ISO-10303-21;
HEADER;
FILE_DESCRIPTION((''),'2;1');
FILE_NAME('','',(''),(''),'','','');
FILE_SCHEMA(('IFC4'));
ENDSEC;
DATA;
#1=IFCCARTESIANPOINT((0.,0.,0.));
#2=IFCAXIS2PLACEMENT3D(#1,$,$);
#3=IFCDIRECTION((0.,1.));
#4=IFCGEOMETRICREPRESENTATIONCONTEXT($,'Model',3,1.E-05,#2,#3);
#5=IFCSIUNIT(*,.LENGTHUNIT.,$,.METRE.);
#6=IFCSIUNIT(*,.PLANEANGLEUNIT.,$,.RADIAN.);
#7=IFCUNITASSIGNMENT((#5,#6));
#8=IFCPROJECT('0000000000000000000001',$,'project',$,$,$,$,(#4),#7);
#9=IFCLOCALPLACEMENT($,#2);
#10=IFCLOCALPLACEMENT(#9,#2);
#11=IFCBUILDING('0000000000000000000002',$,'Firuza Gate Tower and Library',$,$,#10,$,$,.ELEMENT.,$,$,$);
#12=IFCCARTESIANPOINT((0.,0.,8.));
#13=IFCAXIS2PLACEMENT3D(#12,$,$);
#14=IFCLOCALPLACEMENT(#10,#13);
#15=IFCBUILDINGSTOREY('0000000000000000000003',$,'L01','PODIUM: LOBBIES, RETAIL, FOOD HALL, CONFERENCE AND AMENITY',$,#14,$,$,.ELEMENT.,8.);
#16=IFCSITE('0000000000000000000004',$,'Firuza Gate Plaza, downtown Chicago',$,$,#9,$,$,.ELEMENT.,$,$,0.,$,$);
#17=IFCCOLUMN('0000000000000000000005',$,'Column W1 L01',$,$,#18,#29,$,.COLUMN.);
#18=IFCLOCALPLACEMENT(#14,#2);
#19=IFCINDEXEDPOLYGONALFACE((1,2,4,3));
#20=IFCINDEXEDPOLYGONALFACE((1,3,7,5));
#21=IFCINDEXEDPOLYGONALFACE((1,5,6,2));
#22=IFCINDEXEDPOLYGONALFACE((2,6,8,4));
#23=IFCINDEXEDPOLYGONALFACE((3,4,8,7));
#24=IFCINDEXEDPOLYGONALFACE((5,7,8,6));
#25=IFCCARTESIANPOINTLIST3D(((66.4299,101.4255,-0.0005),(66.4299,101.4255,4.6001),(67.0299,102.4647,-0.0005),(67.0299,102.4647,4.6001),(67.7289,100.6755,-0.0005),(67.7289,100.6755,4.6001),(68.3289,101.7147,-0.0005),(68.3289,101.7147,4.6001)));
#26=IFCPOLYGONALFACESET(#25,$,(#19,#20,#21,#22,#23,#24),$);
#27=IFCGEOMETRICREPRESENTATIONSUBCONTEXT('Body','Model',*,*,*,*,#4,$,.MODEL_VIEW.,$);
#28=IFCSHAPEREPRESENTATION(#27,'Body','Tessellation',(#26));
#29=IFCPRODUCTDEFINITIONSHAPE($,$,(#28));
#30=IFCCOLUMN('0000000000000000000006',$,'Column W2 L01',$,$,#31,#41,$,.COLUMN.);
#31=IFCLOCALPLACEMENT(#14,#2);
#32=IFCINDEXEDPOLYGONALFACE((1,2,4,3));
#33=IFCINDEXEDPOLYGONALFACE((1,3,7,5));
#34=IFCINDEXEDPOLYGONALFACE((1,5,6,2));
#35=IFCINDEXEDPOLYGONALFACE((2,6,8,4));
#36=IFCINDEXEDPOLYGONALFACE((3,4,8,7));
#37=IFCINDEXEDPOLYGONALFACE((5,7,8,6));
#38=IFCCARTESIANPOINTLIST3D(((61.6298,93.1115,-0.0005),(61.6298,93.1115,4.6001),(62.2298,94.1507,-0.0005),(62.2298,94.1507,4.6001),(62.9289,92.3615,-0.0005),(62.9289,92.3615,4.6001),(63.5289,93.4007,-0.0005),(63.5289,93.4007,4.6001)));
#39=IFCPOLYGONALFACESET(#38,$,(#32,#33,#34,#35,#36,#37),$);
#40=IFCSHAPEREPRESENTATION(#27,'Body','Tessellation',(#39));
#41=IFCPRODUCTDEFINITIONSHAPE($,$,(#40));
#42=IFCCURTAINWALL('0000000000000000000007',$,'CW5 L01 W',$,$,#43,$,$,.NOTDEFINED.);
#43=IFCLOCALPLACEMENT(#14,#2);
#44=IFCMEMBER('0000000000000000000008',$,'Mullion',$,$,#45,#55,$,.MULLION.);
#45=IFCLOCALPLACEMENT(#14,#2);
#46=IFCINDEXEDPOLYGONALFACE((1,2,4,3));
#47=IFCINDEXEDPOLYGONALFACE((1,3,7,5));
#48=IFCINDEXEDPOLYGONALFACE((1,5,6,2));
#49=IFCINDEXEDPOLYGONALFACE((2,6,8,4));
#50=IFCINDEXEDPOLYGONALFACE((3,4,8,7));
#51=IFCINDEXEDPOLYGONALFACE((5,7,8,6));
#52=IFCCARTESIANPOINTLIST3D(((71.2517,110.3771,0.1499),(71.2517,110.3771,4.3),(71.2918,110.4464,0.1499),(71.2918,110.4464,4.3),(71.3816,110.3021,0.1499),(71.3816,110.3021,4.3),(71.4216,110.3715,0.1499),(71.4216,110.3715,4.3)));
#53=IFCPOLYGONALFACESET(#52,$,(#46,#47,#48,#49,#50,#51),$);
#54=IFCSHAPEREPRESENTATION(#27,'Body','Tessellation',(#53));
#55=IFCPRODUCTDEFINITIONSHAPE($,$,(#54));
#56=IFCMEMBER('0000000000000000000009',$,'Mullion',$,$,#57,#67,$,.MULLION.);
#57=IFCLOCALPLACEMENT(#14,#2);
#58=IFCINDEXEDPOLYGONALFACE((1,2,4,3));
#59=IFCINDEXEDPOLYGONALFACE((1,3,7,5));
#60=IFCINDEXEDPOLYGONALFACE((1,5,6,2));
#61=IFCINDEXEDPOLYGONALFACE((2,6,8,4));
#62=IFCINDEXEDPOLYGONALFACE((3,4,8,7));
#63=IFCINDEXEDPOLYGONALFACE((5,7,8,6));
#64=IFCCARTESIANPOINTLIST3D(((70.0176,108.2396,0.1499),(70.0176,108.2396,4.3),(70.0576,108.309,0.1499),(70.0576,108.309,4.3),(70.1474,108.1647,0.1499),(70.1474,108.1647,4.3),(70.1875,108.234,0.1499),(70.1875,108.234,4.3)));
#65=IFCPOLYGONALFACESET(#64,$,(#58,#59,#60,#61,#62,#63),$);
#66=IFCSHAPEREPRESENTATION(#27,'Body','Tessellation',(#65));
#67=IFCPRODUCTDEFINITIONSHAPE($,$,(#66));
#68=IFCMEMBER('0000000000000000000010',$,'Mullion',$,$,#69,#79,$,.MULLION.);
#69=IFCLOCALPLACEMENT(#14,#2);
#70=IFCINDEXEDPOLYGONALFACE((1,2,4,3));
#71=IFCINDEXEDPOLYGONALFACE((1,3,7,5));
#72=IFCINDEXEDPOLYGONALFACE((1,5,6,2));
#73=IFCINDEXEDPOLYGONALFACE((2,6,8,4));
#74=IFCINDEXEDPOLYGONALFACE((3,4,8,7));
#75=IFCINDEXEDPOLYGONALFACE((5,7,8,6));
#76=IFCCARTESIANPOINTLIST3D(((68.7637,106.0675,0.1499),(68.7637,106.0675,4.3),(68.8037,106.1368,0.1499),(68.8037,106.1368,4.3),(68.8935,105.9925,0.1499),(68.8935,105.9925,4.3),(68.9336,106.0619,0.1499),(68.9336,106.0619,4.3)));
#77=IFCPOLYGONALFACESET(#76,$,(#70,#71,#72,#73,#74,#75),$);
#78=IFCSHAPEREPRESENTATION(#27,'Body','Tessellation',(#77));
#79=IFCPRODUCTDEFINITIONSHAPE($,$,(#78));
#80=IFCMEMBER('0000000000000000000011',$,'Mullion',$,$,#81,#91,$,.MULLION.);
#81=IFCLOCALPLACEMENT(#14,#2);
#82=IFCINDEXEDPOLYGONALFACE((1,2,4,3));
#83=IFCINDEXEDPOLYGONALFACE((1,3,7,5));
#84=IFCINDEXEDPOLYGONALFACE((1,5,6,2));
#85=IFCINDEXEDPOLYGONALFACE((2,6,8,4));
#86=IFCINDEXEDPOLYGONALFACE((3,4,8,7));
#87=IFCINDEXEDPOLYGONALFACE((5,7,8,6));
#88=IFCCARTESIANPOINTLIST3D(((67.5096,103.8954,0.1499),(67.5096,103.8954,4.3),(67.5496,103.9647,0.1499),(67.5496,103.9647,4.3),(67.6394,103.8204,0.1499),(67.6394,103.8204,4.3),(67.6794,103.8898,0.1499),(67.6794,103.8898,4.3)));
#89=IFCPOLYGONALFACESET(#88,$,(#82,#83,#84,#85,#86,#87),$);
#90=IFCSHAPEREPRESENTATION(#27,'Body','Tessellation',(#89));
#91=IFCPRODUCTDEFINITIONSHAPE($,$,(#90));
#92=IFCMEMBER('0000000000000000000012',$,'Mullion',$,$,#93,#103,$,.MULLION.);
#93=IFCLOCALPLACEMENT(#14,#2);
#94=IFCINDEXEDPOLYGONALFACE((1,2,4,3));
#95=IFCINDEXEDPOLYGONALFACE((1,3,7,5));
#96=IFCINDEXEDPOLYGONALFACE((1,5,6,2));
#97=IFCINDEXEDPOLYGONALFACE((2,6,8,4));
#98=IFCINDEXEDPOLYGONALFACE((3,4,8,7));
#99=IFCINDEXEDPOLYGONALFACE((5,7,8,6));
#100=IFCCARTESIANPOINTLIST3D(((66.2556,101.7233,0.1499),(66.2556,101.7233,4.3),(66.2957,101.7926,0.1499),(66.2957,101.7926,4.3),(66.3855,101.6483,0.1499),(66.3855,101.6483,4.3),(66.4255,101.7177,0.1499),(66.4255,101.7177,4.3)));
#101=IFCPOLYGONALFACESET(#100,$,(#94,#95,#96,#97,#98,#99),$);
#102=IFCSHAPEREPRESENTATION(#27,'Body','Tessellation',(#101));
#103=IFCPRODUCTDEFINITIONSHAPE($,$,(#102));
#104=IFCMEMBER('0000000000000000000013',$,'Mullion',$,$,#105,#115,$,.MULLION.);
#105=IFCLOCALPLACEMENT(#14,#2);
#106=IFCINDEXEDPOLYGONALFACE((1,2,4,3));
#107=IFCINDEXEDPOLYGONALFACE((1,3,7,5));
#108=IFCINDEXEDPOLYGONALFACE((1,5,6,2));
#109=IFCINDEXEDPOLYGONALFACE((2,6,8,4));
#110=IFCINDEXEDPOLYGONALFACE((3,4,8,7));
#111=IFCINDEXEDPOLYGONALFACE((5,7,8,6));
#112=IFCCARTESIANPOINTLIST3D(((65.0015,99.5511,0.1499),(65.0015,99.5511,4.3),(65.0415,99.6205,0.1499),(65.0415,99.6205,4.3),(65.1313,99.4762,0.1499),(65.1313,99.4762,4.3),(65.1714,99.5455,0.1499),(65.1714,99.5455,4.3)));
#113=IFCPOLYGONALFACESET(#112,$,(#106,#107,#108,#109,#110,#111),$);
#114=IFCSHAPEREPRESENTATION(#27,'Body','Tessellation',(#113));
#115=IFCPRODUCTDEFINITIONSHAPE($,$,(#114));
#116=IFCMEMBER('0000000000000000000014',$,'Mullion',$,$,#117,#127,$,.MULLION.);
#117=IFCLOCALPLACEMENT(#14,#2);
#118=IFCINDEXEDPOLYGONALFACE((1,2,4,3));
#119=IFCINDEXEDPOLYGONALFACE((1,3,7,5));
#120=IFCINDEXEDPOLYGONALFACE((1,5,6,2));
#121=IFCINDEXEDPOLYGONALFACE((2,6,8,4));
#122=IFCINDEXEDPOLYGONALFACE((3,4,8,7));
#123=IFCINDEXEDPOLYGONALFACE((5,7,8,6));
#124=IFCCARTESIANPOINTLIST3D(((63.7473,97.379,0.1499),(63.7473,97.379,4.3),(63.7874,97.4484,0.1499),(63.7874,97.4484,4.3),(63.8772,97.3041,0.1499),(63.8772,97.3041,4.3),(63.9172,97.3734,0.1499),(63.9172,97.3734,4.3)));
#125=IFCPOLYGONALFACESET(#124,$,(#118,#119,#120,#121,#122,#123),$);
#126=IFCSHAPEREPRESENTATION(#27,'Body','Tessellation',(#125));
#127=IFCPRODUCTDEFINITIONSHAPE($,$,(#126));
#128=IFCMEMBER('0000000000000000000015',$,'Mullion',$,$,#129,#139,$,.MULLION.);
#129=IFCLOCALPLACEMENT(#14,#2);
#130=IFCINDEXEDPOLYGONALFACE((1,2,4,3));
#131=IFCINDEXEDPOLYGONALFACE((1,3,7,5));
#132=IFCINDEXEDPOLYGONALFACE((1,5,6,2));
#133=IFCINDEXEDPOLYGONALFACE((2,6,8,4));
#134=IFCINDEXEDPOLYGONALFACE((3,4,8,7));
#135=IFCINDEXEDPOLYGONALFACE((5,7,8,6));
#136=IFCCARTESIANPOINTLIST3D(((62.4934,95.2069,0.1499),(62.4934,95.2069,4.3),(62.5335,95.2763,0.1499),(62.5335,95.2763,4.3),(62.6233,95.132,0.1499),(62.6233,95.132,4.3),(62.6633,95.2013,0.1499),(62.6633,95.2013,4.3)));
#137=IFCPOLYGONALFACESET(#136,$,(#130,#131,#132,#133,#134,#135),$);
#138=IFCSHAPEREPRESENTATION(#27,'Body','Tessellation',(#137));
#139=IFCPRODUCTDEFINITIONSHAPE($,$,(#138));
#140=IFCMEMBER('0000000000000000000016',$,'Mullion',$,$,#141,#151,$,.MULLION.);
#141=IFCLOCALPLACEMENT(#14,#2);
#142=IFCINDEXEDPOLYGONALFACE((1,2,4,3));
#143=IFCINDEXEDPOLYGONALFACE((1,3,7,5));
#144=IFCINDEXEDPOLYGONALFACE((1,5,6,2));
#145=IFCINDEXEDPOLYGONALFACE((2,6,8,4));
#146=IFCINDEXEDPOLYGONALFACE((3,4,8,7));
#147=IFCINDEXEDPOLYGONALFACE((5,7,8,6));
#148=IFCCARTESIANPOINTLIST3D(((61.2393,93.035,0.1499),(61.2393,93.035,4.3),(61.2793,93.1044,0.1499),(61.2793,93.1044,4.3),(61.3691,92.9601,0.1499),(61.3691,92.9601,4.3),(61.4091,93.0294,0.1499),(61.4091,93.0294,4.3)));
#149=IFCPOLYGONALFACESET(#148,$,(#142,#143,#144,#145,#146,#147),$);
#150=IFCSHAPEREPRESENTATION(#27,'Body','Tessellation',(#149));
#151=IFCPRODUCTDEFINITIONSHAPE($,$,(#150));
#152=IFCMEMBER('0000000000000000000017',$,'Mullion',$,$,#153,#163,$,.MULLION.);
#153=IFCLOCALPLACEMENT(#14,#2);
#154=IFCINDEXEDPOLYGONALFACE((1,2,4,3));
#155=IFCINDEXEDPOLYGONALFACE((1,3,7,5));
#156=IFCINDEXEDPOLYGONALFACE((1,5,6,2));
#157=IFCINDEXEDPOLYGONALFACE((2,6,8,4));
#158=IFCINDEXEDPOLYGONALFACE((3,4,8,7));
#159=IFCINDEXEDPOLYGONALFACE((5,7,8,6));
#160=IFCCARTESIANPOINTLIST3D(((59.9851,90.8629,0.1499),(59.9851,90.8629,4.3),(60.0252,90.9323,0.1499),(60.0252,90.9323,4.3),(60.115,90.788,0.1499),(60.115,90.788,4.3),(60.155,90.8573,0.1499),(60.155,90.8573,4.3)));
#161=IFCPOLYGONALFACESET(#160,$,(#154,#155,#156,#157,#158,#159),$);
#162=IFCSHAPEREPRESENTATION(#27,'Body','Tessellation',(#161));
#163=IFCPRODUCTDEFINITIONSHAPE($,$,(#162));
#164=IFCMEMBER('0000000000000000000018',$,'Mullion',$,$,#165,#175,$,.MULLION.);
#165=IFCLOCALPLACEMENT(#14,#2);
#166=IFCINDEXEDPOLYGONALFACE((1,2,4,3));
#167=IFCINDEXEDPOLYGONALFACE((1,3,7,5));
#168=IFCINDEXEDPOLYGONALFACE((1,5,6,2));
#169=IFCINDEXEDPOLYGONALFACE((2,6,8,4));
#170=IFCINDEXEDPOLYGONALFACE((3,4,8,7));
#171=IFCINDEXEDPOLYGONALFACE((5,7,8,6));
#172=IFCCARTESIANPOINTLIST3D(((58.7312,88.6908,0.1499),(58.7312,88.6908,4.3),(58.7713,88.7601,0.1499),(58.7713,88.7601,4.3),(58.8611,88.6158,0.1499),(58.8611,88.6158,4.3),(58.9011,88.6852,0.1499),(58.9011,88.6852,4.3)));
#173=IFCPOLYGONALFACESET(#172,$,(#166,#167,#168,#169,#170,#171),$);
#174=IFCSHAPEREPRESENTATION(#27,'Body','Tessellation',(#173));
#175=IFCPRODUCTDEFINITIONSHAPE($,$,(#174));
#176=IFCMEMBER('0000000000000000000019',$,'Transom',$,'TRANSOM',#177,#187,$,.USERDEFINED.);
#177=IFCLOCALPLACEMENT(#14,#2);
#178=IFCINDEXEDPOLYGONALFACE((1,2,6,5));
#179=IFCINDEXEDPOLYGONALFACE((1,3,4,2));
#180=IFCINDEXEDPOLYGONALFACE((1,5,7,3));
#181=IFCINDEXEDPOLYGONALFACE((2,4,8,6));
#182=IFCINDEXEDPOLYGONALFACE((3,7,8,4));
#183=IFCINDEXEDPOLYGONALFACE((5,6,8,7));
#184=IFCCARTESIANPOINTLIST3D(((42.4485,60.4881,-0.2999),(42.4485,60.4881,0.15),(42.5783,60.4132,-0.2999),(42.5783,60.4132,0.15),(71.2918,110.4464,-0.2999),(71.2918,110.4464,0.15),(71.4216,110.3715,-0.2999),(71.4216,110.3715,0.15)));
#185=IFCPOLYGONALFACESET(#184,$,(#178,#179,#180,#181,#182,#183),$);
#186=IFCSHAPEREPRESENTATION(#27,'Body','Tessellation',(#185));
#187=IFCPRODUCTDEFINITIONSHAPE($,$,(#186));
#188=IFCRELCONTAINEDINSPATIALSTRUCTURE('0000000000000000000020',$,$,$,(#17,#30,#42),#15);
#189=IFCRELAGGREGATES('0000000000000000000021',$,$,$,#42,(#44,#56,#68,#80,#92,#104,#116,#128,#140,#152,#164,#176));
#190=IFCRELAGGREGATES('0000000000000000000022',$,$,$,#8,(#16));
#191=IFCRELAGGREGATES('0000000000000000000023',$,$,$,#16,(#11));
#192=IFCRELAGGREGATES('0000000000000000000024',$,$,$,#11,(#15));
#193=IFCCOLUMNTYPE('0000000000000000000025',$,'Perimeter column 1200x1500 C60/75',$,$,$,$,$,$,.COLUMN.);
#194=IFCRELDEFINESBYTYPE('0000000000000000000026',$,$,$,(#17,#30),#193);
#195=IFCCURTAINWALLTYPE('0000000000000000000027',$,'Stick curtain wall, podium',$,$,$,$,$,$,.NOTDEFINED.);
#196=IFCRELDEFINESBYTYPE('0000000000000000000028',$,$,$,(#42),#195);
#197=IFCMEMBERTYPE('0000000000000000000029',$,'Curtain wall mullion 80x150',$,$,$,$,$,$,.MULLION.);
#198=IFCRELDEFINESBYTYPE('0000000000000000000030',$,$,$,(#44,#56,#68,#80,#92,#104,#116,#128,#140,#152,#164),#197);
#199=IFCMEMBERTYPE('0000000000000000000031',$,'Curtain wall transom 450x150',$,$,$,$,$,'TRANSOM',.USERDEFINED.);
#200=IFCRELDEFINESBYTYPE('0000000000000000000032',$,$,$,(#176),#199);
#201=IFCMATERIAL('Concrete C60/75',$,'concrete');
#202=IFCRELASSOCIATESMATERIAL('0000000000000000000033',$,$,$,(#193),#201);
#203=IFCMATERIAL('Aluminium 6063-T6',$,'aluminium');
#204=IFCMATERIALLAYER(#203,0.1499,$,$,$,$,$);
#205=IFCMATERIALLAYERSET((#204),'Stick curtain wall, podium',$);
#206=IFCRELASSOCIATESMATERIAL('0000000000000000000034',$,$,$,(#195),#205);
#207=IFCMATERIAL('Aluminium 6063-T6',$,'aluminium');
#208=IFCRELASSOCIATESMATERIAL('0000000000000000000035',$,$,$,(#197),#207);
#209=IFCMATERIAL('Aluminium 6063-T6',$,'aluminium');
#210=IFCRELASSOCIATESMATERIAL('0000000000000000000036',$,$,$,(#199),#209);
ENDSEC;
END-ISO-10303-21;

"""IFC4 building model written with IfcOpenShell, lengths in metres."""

from ifc_helpers import new_model, si_unit, direction, frame, origin, origin_2d, place, context, subcontext, project, spatial, rectangle, extrude, material, layer, layer_set, material_profile, profile_set, type_object, element, aggregate, save


model = new_model("IFC4")

# Units and contexts
model_context = context("Model", 3, precision=1e-05, world=origin(), true_north=direction((0.0, 1.0)))
body_context = subcontext(model_context, "Body", "Model", "MODEL_VIEW")
ifc_project = project(units=[si_unit("LENGTHUNIT", "METRE"), si_unit("PLANEANGLEUNIT", "RADIAN")], contexts=[model_context])

# Site, building, storey
site_placement = place(None, origin())
site = spatial("IfcSite", under=ifc_project, at=site_placement, Name="Firuza Gate Plaza, downtown Chicago", CompositionType="ELEMENT", RefElevation=0.0)
building_placement = place(site_placement, origin())
building = spatial("IfcBuilding", under=site, at=building_placement, Name="Firuza Gate Tower and Library", CompositionType="ELEMENT")
storey_placement = place(building_placement, frame((0.0, 0.0, 8.0)))
storey = spatial("IfcBuildingStorey", under=building, at=storey_placement, Name="L01", Description="PODIUM: LOBBIES, RETAIL, FOOD HALL, CONFERENCE AND AMENITY", CompositionType="ELEMENT", Elevation=8.0)

# Columns
ifc_material_1 = material(Name="Concrete C60/75", Category="concrete")
ifc_material_profile_1 = material_profile(ifc_material_1, rectangle(XDim=1.2, YDim=1.5, at=origin_2d()))
ifc_profile_set_1 = profile_set([ifc_material_profile_1], Name="Concrete C60/75")
column_type = type_object("IfcColumnType", Name="Perimeter column 1200x1500 C60/75", PredefinedType="COLUMN", material=ifc_profile_set_1)
for number, where, z_axis, x_axis, name in (
    (1, (67.3794, 101.5701, -0.0005), (0.0, 0.0, 1.0), (-0.5, -0.866025, 0.0), "Column W1 L01"),
    (2, (62.5793, 93.2561, -0.0005), (0.0, 0.0, 1.0), (-0.5, -0.866025, 0.0), "Column W2 L01"),
):
    element("IfcColumn", number, at=place(storey_placement, frame(where, z_axis=z_axis, x_axis=x_axis)), inside=storey, type_object=column_type, Name=name, PredefinedType="COLUMN", context=body_context, shape_type="SweptSolid", body=[
        extrude(rectangle(XDim=1.2, YDim=1.5, at=origin_2d()), origin(), (0.0, 0.0, 1.0), 4.6006),
    ])

# Curtain wall, members
ifc_material_2 = material(Name="Aluminium 6063-T6", Category="aluminium")
ifc_layer_1 = layer(ifc_material_2, 0.1499)
ifc_layer_set_1 = layer_set([ifc_layer_1], Name="Stick curtain wall, podium")
curtain_wall_type = type_object("IfcCurtainWallType", Name="Stick curtain wall, podium", PredefinedType="NOTDEFINED", material=ifc_layer_set_1)
placement = place(storey_placement, origin())
curtain_wall = element("IfcCurtainWall", 3, at=placement, inside=storey, type_object=curtain_wall_type, Name="CW5 L01 W", PredefinedType="NOTDEFINED")
ifc_material_3 = material(Name="Aluminium 6063-T6", Category="aluminium")
ifc_material_profile_2 = material_profile(ifc_material_3, rectangle(XDim=0.1499, YDim=0.0801, at=origin_2d()))
ifc_profile_set_2 = profile_set([ifc_material_profile_2], Name="Aluminium 6063-T6")
member_type_1 = type_object("IfcMemberType", Name="Curtain wall mullion 80x150", PredefinedType="MULLION", material=ifc_profile_set_2)
member_1_placement = place(storey_placement, frame((71.3367, 110.3743, 0.1499), z_axis=(0.0, 0.0, 1.0), x_axis=(0.866025, -0.5, 0.0)))
member_1 = element("IfcMember", 4, at=member_1_placement, type_object=member_type_1, Name="Mullion", PredefinedType="MULLION", context=body_context, shape_type="SweptSolid", body=[
    extrude(rectangle(XDim=0.1499, YDim=0.0801, at=origin_2d()), origin(), (0.0, 0.0, 1.0), 4.1501),
])
member_2_placement = place(storey_placement, frame((70.1025, 108.2368, 0.1499), z_axis=(0.0, 0.0, 1.0), x_axis=(0.866025, -0.5, 0.0)))
member_2 = element("IfcMember", 5, at=member_2_placement, type_object=member_type_1, Name="Mullion", PredefinedType="MULLION", context=body_context, shape_type="SweptSolid", body=[
    extrude(rectangle(XDim=0.1499, YDim=0.0801, at=origin_2d()), origin(), (0.0, 0.0, 1.0), 4.1501),
])
member_3_placement = place(storey_placement, frame((68.8486, 106.0647, 0.1499), z_axis=(0.0, 0.0, 1.0), x_axis=(0.866025, -0.5, 0.0)))
member_3 = element("IfcMember", 6, at=member_3_placement, type_object=member_type_1, Name="Mullion", PredefinedType="MULLION", context=body_context, shape_type="SweptSolid", body=[
    extrude(rectangle(XDim=0.1499, YDim=0.0801, at=origin_2d()), origin(), (0.0, 0.0, 1.0), 4.1501),
])
member_4_placement = place(storey_placement, frame((67.5945, 103.8926, 0.1499), z_axis=(0.0, 0.0, 1.0), x_axis=(0.866025, -0.5, 0.0)))
member_4 = element("IfcMember", 7, at=member_4_placement, type_object=member_type_1, Name="Mullion", PredefinedType="MULLION", context=body_context, shape_type="SweptSolid", body=[
    extrude(rectangle(XDim=0.1499, YDim=0.0801, at=origin_2d()), origin(), (0.0, 0.0, 1.0), 4.1501),
])
member_5_placement = place(storey_placement, frame((66.3406, 101.7205, 0.1499), z_axis=(0.0, 0.0, 1.0), x_axis=(0.866025, -0.5, 0.0)))
member_5 = element("IfcMember", 8, at=member_5_placement, type_object=member_type_1, Name="Mullion", PredefinedType="MULLION", context=body_context, shape_type="SweptSolid", body=[
    extrude(rectangle(XDim=0.1499, YDim=0.0801, at=origin_2d()), origin(), (0.0, 0.0, 1.0), 4.1501),
])
member_6_placement = place(storey_placement, frame((65.0864, 99.5483, 0.1499), z_axis=(0.0, 0.0, 1.0), x_axis=(0.866025, -0.5, 0.0)))
member_6 = element("IfcMember", 9, at=member_6_placement, type_object=member_type_1, Name="Mullion", PredefinedType="MULLION", context=body_context, shape_type="SweptSolid", body=[
    extrude(rectangle(XDim=0.1499, YDim=0.0801, at=origin_2d()), origin(), (0.0, 0.0, 1.0), 4.1501),
])
member_7_placement = place(storey_placement, frame((63.8323, 97.3762, 0.1499), z_axis=(0.0, 0.0, 1.0), x_axis=(0.866025, -0.5, 0.0)))
member_7 = element("IfcMember", 10, at=member_7_placement, type_object=member_type_1, Name="Mullion", PredefinedType="MULLION", context=body_context, shape_type="SweptSolid", body=[
    extrude(rectangle(XDim=0.1499, YDim=0.0801, at=origin_2d()), origin(), (0.0, 0.0, 1.0), 4.1501),
])
member_8_placement = place(storey_placement, frame((62.5784, 95.2041, 0.1499), z_axis=(0.0, 0.0, 1.0), x_axis=(0.866025, -0.5, 0.0)))
member_8 = element("IfcMember", 11, at=member_8_placement, type_object=member_type_1, Name="Mullion", PredefinedType="MULLION", context=body_context, shape_type="SweptSolid", body=[
    extrude(rectangle(XDim=0.1499, YDim=0.0801, at=origin_2d()), origin(), (0.0, 0.0, 1.0), 4.1501),
])
member_9_placement = place(storey_placement, frame((61.3242, 93.0322, 0.1499), z_axis=(0.0, 0.0, 1.0), x_axis=(0.866025, -0.5, 0.0)))
member_9 = element("IfcMember", 12, at=member_9_placement, type_object=member_type_1, Name="Mullion", PredefinedType="MULLION", context=body_context, shape_type="SweptSolid", body=[
    extrude(rectangle(XDim=0.1499, YDim=0.0801, at=origin_2d()), origin(), (0.0, 0.0, 1.0), 4.1501),
])
member_10_placement = place(storey_placement, frame((60.0701, 90.8601, 0.1499), z_axis=(0.0, 0.0, 1.0), x_axis=(0.866025, -0.5, 0.0)))
member_10 = element("IfcMember", 13, at=member_10_placement, type_object=member_type_1, Name="Mullion", PredefinedType="MULLION", context=body_context, shape_type="SweptSolid", body=[
    extrude(rectangle(XDim=0.1499, YDim=0.0801, at=origin_2d()), origin(), (0.0, 0.0, 1.0), 4.1501),
])
member_11_placement = place(storey_placement, frame((58.8162, 88.688, 0.1499), z_axis=(0.0, 0.0, 1.0), x_axis=(0.866025, -0.5, 0.0)))
member_11 = element("IfcMember", 14, at=member_11_placement, type_object=member_type_1, Name="Mullion", PredefinedType="MULLION", context=body_context, shape_type="SweptSolid", body=[
    extrude(rectangle(XDim=0.1499, YDim=0.0801, at=origin_2d()), origin(), (0.0, 0.0, 1.0), 4.1501),
])
ifc_material_4 = material(Name="Aluminium 6063-T6", Category="aluminium")
ifc_material_profile_3 = material_profile(ifc_material_4, rectangle(XDim=0.1499, YDim=0.45, at=origin_2d()))
ifc_profile_set_3 = profile_set([ifc_material_profile_3], Name="Aluminium 6063-T6")
member_type_2 = type_object("IfcMemberType", Name="Curtain wall transom 450x150", ElementType="TRANSOM", PredefinedType="USERDEFINED", material=ifc_profile_set_3)
member_12_placement = place(storey_placement, frame((71.3567, 110.4089, -0.075), z_axis=(-0.499998, -0.866027, 0.0), x_axis=(0.866027, -0.499998, 0.0)))
member_12 = element("IfcMember", 15, at=member_12_placement, type_object=member_type_2, Name="Transom", ObjectType="TRANSOM", PredefinedType="USERDEFINED", context=body_context, shape_type="SweptSolid", body=[
    extrude(rectangle(XDim=0.1499, YDim=0.45, at=origin_2d()), origin(), (0.0, 0.0, 1.0), 57.6868),
])

aggregate(curtain_wall, [member_1, member_2, member_3, member_4, member_5, member_6, member_7, member_8, member_9, member_10, member_11, member_12])

save(model, "model.ifc")
